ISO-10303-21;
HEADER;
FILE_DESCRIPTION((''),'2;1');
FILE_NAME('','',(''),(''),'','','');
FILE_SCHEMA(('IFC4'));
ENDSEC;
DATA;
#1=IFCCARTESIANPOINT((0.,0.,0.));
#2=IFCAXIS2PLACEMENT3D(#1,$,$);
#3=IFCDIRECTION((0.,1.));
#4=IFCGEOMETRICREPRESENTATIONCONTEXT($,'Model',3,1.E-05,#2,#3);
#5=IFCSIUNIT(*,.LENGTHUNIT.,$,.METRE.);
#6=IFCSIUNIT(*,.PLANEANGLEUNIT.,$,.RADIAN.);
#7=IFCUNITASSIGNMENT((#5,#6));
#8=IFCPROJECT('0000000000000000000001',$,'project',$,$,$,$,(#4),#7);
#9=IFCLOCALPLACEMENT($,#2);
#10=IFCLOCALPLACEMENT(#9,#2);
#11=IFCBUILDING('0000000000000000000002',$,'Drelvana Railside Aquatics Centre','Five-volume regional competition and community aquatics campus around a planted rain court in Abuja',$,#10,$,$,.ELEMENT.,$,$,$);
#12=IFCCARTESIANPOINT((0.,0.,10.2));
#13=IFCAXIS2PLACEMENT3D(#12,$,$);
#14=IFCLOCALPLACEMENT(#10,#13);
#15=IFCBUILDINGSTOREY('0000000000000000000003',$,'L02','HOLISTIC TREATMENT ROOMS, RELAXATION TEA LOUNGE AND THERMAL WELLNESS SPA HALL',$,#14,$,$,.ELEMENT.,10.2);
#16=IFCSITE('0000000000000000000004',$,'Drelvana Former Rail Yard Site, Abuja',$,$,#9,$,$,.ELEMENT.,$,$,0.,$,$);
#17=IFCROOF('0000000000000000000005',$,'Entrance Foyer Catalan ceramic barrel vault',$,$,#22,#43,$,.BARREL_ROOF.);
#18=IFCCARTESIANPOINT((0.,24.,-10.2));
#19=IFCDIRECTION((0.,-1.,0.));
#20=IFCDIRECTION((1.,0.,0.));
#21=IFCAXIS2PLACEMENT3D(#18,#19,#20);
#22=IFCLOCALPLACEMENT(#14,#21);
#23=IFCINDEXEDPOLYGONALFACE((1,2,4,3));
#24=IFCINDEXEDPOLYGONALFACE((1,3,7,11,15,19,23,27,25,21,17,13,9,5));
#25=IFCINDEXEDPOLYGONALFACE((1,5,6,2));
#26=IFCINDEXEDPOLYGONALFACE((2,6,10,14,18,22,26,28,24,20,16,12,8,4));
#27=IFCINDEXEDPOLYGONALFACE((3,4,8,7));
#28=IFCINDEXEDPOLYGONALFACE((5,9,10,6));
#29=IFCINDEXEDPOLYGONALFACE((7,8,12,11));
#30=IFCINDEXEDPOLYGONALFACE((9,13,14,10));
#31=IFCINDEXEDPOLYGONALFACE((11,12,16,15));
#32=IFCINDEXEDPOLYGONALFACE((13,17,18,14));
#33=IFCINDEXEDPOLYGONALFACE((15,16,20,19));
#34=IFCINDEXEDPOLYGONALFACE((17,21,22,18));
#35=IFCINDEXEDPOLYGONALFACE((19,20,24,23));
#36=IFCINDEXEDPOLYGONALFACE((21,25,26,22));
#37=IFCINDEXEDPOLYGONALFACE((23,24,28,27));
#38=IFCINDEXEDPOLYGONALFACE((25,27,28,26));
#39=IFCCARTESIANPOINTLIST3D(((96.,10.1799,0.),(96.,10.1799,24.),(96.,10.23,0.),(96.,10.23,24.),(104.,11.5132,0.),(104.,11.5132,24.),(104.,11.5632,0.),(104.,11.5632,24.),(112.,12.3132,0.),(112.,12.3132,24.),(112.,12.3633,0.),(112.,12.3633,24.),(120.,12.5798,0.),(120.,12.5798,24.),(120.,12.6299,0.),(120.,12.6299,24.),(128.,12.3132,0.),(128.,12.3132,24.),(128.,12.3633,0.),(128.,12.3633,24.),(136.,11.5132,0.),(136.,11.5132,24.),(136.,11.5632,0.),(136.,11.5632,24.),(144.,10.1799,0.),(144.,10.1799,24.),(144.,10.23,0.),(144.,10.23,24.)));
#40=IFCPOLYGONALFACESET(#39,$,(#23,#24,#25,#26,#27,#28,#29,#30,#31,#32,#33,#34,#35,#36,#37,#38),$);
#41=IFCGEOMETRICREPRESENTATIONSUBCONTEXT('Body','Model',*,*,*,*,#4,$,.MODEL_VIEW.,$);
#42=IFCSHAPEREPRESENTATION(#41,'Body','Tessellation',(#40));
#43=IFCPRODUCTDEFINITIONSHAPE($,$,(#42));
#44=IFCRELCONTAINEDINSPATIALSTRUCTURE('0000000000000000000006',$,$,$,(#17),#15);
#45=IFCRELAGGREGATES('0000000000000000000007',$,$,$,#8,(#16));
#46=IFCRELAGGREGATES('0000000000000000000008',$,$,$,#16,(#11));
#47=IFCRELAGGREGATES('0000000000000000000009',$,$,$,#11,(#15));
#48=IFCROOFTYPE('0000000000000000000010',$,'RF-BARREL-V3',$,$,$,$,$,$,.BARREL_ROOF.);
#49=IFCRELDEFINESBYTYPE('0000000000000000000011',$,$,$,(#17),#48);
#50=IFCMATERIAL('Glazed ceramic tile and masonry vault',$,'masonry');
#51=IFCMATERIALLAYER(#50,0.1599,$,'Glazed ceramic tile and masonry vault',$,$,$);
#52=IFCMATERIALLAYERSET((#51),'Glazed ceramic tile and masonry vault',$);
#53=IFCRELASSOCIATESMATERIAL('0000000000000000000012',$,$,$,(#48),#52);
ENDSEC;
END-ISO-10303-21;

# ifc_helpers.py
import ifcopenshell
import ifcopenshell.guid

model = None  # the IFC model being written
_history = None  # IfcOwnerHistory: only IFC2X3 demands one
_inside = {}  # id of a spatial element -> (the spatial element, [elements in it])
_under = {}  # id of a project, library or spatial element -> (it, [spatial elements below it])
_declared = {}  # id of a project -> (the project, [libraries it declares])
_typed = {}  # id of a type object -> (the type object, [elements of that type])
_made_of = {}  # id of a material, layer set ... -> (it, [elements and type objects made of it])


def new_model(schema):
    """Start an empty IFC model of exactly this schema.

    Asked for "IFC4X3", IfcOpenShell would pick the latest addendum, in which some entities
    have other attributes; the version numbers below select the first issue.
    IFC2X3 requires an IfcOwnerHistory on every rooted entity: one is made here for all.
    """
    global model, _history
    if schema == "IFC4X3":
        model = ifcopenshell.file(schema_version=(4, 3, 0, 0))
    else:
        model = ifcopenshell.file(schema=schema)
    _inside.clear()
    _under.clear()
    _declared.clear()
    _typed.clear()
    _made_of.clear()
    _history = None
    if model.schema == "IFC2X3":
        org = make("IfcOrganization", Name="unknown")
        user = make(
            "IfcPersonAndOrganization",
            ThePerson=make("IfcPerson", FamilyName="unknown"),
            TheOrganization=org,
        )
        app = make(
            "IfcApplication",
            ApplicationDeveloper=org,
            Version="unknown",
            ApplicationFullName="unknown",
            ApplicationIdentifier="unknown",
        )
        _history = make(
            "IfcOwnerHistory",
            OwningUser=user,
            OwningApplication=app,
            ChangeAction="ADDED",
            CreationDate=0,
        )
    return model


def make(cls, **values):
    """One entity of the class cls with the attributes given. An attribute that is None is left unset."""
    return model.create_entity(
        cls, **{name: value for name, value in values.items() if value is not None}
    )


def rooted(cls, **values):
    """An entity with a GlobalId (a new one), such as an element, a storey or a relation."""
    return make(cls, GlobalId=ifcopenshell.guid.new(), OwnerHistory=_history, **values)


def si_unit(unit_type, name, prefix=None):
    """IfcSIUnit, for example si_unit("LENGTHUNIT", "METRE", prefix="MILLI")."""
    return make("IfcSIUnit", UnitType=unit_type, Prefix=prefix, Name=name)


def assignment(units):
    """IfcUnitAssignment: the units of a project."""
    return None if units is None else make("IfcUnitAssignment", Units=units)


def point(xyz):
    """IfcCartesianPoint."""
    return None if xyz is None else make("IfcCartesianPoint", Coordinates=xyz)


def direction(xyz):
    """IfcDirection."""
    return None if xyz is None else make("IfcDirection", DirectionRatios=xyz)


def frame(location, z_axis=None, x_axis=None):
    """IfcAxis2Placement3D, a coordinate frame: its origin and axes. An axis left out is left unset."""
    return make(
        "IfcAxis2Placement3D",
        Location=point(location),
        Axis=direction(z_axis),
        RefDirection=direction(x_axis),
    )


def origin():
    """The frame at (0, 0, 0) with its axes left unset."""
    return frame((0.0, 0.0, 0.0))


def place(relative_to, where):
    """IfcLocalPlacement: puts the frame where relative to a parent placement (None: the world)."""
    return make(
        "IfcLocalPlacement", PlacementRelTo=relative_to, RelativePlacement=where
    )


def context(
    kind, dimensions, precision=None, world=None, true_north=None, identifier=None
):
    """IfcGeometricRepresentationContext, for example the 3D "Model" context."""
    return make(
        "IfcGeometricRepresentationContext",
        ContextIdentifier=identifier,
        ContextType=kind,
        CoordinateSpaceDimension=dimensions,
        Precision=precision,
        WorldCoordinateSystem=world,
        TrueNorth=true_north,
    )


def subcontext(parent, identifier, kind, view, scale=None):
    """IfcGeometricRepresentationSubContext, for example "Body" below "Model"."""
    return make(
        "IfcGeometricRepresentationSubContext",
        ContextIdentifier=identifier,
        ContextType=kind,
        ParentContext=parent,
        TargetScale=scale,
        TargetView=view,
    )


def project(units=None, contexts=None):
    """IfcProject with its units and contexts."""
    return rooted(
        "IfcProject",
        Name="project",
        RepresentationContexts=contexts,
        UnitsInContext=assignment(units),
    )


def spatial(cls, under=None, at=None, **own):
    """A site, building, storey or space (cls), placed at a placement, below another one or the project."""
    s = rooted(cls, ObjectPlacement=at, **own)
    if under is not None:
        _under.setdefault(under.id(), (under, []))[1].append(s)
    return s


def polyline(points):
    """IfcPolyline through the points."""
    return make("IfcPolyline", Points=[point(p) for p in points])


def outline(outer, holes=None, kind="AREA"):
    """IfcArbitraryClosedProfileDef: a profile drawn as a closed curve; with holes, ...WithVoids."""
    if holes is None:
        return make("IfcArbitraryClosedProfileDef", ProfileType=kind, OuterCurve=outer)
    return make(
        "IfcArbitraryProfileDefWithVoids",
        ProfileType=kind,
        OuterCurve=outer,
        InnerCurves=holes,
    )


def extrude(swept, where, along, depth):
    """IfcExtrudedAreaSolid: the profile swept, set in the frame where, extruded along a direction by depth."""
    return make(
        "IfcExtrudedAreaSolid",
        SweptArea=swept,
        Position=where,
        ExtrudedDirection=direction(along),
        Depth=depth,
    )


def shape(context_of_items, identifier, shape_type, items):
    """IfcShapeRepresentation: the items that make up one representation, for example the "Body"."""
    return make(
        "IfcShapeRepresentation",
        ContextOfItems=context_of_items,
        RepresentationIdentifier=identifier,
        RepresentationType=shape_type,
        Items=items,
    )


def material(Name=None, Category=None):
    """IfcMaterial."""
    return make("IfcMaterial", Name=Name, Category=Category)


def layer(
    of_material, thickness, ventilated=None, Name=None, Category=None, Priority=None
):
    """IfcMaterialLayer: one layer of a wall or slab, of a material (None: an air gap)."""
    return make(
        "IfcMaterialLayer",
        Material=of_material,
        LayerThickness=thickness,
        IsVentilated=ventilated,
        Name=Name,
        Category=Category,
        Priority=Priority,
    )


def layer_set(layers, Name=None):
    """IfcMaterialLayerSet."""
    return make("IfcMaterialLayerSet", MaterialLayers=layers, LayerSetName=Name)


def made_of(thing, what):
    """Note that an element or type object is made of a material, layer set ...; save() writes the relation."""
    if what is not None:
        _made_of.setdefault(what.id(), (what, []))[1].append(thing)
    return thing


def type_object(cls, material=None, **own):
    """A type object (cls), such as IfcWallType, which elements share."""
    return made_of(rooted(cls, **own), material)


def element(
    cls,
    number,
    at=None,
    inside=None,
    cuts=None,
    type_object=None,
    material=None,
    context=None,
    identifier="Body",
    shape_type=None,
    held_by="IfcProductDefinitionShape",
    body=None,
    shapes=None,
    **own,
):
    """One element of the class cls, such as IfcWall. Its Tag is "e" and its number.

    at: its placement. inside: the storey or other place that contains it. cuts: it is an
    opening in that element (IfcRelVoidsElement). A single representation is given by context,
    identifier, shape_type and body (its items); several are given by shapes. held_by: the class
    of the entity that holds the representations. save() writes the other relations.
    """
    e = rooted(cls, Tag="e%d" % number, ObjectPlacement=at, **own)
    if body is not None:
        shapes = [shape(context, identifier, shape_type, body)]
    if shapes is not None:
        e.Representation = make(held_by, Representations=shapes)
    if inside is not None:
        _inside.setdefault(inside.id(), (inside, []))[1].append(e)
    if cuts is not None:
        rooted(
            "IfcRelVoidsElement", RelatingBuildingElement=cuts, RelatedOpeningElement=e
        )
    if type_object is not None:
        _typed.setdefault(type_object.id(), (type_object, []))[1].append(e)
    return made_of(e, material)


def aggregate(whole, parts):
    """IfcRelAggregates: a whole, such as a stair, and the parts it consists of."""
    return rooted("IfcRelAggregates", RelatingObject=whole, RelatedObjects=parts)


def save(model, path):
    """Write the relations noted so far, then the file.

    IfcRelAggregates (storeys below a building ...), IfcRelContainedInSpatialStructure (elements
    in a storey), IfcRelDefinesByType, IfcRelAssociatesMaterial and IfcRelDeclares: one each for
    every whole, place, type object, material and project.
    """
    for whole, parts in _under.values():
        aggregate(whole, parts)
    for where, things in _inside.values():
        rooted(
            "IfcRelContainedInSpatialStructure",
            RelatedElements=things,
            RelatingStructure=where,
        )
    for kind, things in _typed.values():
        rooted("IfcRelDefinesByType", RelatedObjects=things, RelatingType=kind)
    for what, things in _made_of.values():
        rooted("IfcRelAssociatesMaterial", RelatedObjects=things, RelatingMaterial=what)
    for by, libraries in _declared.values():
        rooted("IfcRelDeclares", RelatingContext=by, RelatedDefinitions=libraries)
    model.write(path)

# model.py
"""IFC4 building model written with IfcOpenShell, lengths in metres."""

from ifc_helpers import new_model, si_unit, direction, frame, origin, place, context, subcontext, project, spatial, polyline, outline, extrude, material, layer, layer_set, type_object, element, save


model = new_model("IFC4")

# Units and contexts
model_context = context("Model", 3, precision=1e-05, world=origin(), true_north=direction((0.0, 1.0)))
body_context = subcontext(model_context, "Body", "Model", "MODEL_VIEW")
ifc_project = project(units=[si_unit("LENGTHUNIT", "METRE"), si_unit("PLANEANGLEUNIT", "RADIAN")], contexts=[model_context])

# Site, building, storey
site_placement = place(None, origin())
site = spatial("IfcSite", under=ifc_project, at=site_placement, Name="Drelvana Former Rail Yard Site, Abuja", CompositionType="ELEMENT", RefElevation=0.0)
building_placement = place(site_placement, origin())
building = spatial("IfcBuilding", under=site, at=building_placement, Name="Drelvana Railside Aquatics Centre", Description="Five-volume regional competition and community aquatics campus around a planted rain court in Abuja", CompositionType="ELEMENT")
storey_placement = place(building_placement, frame((0.0, 0.0, 10.2)))
storey = spatial("IfcBuildingStorey", under=building, at=storey_placement, Name="L02", Description="HOLISTIC TREATMENT ROOMS, RELAXATION TEA LOUNGE AND THERMAL WELLNESS SPA HALL", CompositionType="ELEMENT", Elevation=10.2)

# Roof
ifc_material_1 = material(Name="Glazed ceramic tile and masonry vault", Category="masonry")
ifc_layer_1 = layer(ifc_material_1, 0.1599, Name="Glazed ceramic tile and masonry vault")
ifc_layer_set_1 = layer_set([ifc_layer_1], Name="Glazed ceramic tile and masonry vault")
roof_type = type_object("IfcRoofType", Name="RF-BARREL-V3", PredefinedType="BARREL_ROOF", material=ifc_layer_set_1)
roof_placement = place(storey_placement, frame((0.0, 24.0, -10.2), z_axis=(0.0, -1.0, 0.0), x_axis=(1.0, 0.0, 0.0)))
element("IfcRoof", 1, at=roof_placement, inside=storey, type_object=roof_type, Name="Entrance Foyer Catalan ceramic barrel vault", PredefinedType="BARREL_ROOF", context=body_context, shape_type="SweptSolid", body=[
    extrude(outline(polyline([(96.0, 10.23), (104.0, 11.5632), (112.0, 12.3633), (120.0, 12.6299), (128.0, 12.3633), (136.0, 11.5632), (144.0, 10.23), (144.0, 10.1799), (136.0, 11.5132), (128.0, 12.3132), (120.0, 12.5798), (112.0, 12.3132), (104.0, 11.5132), (96.0, 10.1799), (96.0, 10.23)])), origin(), (0.0, 0.0, 1.0), 24.0),
])

save(model, "model.ifc")
